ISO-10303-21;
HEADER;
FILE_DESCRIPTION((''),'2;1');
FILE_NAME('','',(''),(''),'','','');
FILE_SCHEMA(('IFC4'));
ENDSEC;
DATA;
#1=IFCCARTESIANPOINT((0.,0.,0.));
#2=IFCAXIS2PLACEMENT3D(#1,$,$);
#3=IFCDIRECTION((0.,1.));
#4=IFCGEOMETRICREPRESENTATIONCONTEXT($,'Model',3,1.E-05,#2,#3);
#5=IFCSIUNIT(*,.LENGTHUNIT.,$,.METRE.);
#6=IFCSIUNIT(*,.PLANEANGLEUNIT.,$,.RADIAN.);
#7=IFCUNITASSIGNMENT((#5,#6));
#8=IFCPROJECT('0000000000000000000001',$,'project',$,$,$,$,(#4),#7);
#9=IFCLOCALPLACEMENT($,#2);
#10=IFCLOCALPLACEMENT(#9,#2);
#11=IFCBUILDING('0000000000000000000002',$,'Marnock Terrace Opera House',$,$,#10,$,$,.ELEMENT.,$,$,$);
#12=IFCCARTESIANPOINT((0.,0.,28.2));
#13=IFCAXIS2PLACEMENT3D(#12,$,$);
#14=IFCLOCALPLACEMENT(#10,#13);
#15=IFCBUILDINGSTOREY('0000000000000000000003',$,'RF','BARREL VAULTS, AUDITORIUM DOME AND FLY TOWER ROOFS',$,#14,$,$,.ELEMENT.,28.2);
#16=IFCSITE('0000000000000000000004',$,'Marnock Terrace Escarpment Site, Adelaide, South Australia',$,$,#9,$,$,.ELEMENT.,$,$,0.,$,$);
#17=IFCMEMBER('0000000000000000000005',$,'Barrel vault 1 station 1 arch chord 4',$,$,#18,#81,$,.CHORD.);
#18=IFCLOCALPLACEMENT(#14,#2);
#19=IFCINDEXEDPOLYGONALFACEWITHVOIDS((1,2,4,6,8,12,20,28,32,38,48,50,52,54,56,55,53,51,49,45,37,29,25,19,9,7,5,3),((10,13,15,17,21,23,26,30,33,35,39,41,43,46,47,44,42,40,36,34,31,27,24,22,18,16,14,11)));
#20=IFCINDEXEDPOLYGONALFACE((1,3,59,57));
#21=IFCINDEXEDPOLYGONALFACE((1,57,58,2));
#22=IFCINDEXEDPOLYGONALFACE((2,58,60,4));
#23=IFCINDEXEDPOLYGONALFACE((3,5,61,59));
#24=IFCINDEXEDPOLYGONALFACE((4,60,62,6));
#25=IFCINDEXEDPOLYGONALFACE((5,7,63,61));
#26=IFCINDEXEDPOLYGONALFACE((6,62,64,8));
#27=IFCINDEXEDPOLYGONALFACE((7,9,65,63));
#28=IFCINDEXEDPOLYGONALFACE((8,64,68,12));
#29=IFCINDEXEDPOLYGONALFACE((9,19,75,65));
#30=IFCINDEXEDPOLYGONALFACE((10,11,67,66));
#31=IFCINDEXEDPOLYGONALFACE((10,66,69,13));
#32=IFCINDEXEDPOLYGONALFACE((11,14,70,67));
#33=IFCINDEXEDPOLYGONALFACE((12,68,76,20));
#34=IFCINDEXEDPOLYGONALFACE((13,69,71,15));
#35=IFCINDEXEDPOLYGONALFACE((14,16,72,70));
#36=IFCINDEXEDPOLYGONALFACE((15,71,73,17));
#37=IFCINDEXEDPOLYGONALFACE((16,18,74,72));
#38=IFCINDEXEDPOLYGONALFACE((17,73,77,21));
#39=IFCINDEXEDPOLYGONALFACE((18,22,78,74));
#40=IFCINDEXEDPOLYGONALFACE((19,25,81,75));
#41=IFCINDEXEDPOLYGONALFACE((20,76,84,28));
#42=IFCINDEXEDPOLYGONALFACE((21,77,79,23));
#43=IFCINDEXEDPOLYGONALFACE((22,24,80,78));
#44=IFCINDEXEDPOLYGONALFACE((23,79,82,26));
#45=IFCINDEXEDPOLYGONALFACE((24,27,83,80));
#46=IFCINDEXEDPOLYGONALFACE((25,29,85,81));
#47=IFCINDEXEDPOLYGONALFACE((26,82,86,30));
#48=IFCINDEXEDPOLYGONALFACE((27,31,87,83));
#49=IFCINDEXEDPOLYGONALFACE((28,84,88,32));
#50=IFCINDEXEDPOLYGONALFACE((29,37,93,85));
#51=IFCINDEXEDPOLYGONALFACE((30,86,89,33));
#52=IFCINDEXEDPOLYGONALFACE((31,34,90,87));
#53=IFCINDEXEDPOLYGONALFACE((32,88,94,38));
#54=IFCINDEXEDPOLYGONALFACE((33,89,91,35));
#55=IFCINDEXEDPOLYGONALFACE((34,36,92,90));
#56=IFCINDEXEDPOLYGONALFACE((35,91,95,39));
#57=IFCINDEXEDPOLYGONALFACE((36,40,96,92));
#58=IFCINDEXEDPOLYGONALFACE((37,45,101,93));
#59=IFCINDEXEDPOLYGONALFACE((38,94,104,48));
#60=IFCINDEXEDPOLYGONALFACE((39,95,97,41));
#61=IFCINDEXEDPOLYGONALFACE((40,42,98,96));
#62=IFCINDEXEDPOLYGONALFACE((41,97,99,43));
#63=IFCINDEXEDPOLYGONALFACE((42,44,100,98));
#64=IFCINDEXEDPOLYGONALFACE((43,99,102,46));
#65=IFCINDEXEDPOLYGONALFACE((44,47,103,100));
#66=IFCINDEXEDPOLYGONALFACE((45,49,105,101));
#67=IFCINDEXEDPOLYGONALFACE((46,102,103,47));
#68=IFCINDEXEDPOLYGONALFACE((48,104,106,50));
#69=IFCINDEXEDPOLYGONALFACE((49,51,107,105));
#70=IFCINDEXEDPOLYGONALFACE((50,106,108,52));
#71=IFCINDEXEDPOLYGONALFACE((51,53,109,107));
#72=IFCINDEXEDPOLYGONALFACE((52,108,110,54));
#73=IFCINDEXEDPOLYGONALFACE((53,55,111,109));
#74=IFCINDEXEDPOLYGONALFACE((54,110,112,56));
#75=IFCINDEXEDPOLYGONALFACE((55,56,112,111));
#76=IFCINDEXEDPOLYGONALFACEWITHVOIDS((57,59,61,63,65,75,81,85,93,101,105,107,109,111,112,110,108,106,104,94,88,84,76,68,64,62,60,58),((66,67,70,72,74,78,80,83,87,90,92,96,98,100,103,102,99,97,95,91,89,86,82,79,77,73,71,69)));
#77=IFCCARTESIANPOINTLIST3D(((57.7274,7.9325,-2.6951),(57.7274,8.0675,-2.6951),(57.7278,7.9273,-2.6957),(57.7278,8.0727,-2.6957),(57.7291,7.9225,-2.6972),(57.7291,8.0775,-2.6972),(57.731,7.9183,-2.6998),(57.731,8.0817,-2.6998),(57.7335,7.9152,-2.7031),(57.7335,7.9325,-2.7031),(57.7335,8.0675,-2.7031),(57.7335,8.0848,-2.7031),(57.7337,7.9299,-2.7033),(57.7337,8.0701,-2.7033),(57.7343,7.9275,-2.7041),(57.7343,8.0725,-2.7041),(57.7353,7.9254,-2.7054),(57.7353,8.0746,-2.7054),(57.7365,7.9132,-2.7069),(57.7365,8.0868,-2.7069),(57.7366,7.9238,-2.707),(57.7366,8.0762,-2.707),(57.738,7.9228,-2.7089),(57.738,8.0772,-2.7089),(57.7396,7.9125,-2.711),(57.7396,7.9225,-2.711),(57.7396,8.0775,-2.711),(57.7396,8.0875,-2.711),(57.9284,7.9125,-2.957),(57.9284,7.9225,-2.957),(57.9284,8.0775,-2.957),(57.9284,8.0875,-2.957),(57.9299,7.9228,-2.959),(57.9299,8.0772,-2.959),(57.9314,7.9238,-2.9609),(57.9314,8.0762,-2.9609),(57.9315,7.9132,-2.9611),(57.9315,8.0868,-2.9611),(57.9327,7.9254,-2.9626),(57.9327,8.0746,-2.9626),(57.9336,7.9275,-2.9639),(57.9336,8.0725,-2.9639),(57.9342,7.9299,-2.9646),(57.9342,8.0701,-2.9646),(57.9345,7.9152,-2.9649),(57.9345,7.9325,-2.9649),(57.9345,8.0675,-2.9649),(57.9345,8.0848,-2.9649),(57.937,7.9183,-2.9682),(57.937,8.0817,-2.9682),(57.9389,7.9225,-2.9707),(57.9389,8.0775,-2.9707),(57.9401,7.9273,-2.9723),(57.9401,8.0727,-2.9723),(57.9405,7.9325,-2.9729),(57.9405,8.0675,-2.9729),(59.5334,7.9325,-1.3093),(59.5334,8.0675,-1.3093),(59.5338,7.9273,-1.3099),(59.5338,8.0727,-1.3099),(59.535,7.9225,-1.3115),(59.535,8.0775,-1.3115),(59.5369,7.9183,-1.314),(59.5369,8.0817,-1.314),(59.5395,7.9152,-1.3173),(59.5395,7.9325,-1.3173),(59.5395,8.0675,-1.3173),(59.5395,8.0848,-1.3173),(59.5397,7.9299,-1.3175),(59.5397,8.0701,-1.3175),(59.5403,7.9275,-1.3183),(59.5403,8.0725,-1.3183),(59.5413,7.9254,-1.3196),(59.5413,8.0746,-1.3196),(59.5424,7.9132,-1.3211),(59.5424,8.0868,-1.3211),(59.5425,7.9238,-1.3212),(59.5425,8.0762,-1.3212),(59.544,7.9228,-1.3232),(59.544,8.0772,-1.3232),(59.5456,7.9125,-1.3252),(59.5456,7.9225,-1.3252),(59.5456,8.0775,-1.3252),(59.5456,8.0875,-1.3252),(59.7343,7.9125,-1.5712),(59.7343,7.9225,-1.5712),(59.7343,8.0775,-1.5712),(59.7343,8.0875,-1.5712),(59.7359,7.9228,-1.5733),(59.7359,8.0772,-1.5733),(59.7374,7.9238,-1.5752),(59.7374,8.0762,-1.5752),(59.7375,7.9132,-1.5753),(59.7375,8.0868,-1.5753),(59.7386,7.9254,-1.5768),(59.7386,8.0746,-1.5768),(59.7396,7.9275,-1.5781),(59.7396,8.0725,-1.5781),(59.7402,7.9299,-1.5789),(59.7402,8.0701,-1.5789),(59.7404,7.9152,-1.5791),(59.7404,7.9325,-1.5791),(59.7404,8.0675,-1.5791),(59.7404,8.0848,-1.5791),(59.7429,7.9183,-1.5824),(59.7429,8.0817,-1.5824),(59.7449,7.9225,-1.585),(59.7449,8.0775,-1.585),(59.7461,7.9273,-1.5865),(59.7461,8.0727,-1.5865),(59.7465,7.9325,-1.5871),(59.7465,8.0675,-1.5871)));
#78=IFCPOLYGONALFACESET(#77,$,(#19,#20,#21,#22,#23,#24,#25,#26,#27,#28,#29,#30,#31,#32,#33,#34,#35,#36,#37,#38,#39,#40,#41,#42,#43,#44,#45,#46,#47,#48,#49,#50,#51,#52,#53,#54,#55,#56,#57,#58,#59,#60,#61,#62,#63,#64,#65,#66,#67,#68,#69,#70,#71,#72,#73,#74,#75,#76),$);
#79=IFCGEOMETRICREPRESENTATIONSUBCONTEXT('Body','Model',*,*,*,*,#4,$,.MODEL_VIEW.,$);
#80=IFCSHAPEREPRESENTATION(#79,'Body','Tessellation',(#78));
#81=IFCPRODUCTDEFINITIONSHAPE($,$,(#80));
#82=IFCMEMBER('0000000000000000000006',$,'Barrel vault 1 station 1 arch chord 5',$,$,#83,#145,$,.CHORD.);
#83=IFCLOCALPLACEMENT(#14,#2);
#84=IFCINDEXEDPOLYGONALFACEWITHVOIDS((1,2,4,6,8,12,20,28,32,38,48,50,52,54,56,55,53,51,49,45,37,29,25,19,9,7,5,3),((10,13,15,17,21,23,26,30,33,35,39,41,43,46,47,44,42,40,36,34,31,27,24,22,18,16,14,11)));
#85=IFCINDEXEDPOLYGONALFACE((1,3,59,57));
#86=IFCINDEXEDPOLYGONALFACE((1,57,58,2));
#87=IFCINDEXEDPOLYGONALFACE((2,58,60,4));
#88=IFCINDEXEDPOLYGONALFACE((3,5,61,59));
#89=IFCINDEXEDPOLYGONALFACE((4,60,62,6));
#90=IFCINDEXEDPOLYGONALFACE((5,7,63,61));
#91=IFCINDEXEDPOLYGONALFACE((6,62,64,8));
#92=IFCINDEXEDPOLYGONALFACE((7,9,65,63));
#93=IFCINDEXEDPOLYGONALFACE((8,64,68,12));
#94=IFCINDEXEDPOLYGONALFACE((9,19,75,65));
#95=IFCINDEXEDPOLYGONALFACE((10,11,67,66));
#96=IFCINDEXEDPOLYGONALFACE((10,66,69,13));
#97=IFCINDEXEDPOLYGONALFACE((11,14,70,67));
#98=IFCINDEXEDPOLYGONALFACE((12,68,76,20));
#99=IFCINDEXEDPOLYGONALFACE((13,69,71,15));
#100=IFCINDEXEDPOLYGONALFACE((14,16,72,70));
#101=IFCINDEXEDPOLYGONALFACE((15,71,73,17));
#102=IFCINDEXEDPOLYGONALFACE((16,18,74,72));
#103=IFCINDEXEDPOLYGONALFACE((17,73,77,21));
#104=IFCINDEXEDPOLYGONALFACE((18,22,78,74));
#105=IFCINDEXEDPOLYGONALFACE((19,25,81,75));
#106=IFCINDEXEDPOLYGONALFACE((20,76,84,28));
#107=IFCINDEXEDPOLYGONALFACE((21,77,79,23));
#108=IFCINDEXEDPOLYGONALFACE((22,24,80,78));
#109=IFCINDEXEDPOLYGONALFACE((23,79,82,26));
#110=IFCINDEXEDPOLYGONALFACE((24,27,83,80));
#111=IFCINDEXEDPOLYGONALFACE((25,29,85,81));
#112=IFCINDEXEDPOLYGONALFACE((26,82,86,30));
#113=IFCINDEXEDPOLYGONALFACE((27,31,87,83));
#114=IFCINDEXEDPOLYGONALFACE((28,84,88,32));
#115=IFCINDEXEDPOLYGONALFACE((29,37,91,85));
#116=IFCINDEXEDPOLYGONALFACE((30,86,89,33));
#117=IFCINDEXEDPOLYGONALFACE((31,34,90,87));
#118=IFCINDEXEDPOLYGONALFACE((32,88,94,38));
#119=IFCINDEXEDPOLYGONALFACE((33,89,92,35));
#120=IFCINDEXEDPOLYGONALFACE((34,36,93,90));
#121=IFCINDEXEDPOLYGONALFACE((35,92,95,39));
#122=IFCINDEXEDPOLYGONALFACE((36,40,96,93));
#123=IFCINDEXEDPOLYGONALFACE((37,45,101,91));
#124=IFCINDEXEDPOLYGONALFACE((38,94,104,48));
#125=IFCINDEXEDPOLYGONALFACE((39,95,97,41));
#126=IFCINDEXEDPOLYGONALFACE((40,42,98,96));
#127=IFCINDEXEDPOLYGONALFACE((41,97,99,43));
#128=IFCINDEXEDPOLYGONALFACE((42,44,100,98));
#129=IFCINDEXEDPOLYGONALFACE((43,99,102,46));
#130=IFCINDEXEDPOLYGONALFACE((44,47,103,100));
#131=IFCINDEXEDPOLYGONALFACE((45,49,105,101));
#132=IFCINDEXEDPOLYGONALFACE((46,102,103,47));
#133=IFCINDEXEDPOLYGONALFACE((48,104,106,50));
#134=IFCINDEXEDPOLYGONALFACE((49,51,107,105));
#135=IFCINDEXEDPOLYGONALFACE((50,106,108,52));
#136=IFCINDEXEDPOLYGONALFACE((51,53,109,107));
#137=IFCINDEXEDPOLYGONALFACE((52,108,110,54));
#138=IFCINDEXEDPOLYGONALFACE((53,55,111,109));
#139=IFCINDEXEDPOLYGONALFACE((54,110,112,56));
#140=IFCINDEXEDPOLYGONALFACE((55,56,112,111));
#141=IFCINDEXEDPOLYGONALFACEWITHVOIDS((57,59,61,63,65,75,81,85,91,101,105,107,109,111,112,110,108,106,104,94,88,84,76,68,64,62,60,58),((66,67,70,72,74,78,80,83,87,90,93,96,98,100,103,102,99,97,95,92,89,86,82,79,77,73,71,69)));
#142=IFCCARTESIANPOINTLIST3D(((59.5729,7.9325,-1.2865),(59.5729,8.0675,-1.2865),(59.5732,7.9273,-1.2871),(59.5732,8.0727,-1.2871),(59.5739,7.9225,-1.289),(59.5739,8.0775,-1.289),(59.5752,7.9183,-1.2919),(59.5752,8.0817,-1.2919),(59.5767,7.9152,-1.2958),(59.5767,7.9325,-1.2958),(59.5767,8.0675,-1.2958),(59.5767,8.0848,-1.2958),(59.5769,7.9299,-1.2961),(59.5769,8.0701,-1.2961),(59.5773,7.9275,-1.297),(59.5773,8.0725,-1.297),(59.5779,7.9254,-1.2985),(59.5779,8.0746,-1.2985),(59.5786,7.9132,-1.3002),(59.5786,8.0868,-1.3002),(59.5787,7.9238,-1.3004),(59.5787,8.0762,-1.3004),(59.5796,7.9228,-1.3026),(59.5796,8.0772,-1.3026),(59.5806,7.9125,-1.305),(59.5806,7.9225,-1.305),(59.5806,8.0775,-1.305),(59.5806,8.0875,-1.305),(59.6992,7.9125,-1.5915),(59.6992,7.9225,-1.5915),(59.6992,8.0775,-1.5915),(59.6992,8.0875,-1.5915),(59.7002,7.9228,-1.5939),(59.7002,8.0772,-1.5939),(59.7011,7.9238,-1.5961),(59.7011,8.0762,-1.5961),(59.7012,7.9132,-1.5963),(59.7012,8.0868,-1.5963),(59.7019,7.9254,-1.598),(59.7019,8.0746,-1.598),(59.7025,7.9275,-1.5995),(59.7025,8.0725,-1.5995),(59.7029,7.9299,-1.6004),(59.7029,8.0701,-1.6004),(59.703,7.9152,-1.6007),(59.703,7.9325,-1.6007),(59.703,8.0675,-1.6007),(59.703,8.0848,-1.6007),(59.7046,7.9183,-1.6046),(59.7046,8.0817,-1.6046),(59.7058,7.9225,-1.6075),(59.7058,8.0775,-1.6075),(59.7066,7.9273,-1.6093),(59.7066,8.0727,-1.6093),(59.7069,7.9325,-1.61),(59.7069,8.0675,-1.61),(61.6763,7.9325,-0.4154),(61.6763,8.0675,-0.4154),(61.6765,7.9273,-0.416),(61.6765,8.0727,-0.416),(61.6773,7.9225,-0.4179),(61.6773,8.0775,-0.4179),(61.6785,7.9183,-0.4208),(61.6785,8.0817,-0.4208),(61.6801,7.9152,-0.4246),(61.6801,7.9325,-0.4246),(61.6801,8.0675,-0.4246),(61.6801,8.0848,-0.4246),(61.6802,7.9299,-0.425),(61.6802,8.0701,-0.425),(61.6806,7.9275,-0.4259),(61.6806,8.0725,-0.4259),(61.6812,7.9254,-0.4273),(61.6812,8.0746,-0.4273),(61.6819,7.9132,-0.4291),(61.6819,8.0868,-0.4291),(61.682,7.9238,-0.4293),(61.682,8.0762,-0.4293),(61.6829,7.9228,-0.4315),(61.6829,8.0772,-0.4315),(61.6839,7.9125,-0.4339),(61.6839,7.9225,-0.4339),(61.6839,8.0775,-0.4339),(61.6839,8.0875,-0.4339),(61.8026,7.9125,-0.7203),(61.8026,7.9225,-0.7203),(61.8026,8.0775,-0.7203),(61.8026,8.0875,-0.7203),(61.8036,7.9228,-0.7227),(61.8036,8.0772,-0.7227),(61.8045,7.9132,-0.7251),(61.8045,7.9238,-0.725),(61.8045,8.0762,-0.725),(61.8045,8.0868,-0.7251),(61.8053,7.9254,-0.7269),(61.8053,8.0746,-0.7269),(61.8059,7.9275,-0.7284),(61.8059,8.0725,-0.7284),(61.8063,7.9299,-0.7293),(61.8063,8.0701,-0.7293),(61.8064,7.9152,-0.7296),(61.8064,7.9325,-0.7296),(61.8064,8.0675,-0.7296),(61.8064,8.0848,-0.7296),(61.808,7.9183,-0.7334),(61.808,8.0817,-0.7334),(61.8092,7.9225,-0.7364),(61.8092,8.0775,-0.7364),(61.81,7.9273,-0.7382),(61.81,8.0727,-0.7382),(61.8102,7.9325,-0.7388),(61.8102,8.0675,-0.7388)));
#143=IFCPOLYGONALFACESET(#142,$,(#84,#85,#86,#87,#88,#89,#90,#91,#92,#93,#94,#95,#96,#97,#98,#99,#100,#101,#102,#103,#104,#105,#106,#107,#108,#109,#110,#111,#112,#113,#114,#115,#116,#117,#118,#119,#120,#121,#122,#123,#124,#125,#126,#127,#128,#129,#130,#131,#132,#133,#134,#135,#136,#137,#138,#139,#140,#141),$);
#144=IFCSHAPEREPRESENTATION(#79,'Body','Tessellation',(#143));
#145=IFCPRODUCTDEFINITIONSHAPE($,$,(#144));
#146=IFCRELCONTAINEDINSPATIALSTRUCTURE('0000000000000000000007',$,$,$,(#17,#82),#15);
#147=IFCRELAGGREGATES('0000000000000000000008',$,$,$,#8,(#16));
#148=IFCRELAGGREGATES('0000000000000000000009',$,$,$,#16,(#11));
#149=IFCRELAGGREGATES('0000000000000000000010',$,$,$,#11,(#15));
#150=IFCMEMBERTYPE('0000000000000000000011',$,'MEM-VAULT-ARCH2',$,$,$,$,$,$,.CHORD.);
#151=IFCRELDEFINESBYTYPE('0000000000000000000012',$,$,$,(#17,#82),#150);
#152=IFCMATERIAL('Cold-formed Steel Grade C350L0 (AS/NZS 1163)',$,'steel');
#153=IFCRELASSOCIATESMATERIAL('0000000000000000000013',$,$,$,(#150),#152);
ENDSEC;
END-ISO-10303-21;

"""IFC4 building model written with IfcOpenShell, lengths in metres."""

from ifc_helpers import new_model, si_unit, direction, frame, origin, origin_2d, place, context, subcontext, project, spatial, hollow_rectangle, extrude, material, material_profile, profile_set, type_object, element, save


model = new_model("IFC4")

# Units and contexts
model_context = context("Model", 3, precision=1e-05, world=origin(), true_north=direction((0.0, 1.0)))
body_context = subcontext(model_context, "Body", "Model", "MODEL_VIEW")
ifc_project = project(units=[si_unit("LENGTHUNIT", "METRE"), si_unit("PLANEANGLEUNIT", "RADIAN")], contexts=[model_context])

# Site, building, storey
site_placement = place(None, origin())
site = spatial("IfcSite", under=ifc_project, at=site_placement, Name="Marnock Terrace Escarpment Site, Adelaide, South Australia", CompositionType="ELEMENT", RefElevation=0.0)
building_placement = place(site_placement, origin())
building = spatial("IfcBuilding", under=site, at=building_placement, Name="Marnock Terrace Opera House", CompositionType="ELEMENT")
storey_placement = place(building_placement, frame((0.0, 0.0, 28.2)))
storey = spatial("IfcBuildingStorey", under=building, at=storey_placement, Name="RF", Description="BARREL VAULTS, AUDITORIUM DOME AND FLY TOWER ROOFS", CompositionType="ELEMENT", Elevation=28.2)

# Members
ifc_material_1 = material(Name="Cold-formed Steel Grade C350L0 (AS/NZS 1163)", Category="steel")
ifc_material_profile_1 = material_profile(ifc_material_1, hollow_rectangle(XDim=0.175, YDim=0.3501, WallThickness=0.01, InnerFilletRadius=0.01, OuterFilletRadius=0.02, at=origin_2d()))
ifc_profile_set_1 = profile_set([ifc_material_profile_1], Name="Cold-formed Steel Grade C350L0 (AS/NZS 1163)")
member_type_1 = type_object("IfcMemberType", Name="MEM-VAULT-ARCH2", PredefinedType="CHORD", material=ifc_profile_set_1)
member_1_placement = place(storey_placement, frame((57.834, 8.0, -2.834), z_axis=(0.793349, 0.0, 0.608767), x_axis=(0.0, 1.0, 0.0)))
element("IfcMember", 1, at=member_1_placement, inside=storey, type_object=member_type_1, Name="Barrel vault 1 station 1 arch chord 4", PredefinedType="CHORD", context=body_context, shape_type="SweptSolid", body=[
    extrude(hollow_rectangle(XDim=0.175, YDim=0.3501, WallThickness=0.01, InnerFilletRadius=0.01, OuterFilletRadius=0.02, at=origin_2d()), origin(), (0.0, 0.0, 1.0), 2.2764),
])
member_2_placement = place(storey_placement, frame((59.6399, 8.0, -1.4482), z_axis=(0.923897, 0.0, 0.382642), x_axis=(0.0, 1.0, 0.0)))
element("IfcMember", 2, at=member_2_placement, inside=storey, type_object=member_type_1, Name="Barrel vault 1 station 1 arch chord 5", PredefinedType="CHORD", context=body_context, shape_type="SweptSolid", body=[
    extrude(hollow_rectangle(XDim=0.175, YDim=0.3501, WallThickness=0.01, InnerFilletRadius=0.01, OuterFilletRadius=0.02, at=origin_2d()), origin(), (0.0, 0.0, 1.0), 2.2766),
])

save(model, "model.ifc")
